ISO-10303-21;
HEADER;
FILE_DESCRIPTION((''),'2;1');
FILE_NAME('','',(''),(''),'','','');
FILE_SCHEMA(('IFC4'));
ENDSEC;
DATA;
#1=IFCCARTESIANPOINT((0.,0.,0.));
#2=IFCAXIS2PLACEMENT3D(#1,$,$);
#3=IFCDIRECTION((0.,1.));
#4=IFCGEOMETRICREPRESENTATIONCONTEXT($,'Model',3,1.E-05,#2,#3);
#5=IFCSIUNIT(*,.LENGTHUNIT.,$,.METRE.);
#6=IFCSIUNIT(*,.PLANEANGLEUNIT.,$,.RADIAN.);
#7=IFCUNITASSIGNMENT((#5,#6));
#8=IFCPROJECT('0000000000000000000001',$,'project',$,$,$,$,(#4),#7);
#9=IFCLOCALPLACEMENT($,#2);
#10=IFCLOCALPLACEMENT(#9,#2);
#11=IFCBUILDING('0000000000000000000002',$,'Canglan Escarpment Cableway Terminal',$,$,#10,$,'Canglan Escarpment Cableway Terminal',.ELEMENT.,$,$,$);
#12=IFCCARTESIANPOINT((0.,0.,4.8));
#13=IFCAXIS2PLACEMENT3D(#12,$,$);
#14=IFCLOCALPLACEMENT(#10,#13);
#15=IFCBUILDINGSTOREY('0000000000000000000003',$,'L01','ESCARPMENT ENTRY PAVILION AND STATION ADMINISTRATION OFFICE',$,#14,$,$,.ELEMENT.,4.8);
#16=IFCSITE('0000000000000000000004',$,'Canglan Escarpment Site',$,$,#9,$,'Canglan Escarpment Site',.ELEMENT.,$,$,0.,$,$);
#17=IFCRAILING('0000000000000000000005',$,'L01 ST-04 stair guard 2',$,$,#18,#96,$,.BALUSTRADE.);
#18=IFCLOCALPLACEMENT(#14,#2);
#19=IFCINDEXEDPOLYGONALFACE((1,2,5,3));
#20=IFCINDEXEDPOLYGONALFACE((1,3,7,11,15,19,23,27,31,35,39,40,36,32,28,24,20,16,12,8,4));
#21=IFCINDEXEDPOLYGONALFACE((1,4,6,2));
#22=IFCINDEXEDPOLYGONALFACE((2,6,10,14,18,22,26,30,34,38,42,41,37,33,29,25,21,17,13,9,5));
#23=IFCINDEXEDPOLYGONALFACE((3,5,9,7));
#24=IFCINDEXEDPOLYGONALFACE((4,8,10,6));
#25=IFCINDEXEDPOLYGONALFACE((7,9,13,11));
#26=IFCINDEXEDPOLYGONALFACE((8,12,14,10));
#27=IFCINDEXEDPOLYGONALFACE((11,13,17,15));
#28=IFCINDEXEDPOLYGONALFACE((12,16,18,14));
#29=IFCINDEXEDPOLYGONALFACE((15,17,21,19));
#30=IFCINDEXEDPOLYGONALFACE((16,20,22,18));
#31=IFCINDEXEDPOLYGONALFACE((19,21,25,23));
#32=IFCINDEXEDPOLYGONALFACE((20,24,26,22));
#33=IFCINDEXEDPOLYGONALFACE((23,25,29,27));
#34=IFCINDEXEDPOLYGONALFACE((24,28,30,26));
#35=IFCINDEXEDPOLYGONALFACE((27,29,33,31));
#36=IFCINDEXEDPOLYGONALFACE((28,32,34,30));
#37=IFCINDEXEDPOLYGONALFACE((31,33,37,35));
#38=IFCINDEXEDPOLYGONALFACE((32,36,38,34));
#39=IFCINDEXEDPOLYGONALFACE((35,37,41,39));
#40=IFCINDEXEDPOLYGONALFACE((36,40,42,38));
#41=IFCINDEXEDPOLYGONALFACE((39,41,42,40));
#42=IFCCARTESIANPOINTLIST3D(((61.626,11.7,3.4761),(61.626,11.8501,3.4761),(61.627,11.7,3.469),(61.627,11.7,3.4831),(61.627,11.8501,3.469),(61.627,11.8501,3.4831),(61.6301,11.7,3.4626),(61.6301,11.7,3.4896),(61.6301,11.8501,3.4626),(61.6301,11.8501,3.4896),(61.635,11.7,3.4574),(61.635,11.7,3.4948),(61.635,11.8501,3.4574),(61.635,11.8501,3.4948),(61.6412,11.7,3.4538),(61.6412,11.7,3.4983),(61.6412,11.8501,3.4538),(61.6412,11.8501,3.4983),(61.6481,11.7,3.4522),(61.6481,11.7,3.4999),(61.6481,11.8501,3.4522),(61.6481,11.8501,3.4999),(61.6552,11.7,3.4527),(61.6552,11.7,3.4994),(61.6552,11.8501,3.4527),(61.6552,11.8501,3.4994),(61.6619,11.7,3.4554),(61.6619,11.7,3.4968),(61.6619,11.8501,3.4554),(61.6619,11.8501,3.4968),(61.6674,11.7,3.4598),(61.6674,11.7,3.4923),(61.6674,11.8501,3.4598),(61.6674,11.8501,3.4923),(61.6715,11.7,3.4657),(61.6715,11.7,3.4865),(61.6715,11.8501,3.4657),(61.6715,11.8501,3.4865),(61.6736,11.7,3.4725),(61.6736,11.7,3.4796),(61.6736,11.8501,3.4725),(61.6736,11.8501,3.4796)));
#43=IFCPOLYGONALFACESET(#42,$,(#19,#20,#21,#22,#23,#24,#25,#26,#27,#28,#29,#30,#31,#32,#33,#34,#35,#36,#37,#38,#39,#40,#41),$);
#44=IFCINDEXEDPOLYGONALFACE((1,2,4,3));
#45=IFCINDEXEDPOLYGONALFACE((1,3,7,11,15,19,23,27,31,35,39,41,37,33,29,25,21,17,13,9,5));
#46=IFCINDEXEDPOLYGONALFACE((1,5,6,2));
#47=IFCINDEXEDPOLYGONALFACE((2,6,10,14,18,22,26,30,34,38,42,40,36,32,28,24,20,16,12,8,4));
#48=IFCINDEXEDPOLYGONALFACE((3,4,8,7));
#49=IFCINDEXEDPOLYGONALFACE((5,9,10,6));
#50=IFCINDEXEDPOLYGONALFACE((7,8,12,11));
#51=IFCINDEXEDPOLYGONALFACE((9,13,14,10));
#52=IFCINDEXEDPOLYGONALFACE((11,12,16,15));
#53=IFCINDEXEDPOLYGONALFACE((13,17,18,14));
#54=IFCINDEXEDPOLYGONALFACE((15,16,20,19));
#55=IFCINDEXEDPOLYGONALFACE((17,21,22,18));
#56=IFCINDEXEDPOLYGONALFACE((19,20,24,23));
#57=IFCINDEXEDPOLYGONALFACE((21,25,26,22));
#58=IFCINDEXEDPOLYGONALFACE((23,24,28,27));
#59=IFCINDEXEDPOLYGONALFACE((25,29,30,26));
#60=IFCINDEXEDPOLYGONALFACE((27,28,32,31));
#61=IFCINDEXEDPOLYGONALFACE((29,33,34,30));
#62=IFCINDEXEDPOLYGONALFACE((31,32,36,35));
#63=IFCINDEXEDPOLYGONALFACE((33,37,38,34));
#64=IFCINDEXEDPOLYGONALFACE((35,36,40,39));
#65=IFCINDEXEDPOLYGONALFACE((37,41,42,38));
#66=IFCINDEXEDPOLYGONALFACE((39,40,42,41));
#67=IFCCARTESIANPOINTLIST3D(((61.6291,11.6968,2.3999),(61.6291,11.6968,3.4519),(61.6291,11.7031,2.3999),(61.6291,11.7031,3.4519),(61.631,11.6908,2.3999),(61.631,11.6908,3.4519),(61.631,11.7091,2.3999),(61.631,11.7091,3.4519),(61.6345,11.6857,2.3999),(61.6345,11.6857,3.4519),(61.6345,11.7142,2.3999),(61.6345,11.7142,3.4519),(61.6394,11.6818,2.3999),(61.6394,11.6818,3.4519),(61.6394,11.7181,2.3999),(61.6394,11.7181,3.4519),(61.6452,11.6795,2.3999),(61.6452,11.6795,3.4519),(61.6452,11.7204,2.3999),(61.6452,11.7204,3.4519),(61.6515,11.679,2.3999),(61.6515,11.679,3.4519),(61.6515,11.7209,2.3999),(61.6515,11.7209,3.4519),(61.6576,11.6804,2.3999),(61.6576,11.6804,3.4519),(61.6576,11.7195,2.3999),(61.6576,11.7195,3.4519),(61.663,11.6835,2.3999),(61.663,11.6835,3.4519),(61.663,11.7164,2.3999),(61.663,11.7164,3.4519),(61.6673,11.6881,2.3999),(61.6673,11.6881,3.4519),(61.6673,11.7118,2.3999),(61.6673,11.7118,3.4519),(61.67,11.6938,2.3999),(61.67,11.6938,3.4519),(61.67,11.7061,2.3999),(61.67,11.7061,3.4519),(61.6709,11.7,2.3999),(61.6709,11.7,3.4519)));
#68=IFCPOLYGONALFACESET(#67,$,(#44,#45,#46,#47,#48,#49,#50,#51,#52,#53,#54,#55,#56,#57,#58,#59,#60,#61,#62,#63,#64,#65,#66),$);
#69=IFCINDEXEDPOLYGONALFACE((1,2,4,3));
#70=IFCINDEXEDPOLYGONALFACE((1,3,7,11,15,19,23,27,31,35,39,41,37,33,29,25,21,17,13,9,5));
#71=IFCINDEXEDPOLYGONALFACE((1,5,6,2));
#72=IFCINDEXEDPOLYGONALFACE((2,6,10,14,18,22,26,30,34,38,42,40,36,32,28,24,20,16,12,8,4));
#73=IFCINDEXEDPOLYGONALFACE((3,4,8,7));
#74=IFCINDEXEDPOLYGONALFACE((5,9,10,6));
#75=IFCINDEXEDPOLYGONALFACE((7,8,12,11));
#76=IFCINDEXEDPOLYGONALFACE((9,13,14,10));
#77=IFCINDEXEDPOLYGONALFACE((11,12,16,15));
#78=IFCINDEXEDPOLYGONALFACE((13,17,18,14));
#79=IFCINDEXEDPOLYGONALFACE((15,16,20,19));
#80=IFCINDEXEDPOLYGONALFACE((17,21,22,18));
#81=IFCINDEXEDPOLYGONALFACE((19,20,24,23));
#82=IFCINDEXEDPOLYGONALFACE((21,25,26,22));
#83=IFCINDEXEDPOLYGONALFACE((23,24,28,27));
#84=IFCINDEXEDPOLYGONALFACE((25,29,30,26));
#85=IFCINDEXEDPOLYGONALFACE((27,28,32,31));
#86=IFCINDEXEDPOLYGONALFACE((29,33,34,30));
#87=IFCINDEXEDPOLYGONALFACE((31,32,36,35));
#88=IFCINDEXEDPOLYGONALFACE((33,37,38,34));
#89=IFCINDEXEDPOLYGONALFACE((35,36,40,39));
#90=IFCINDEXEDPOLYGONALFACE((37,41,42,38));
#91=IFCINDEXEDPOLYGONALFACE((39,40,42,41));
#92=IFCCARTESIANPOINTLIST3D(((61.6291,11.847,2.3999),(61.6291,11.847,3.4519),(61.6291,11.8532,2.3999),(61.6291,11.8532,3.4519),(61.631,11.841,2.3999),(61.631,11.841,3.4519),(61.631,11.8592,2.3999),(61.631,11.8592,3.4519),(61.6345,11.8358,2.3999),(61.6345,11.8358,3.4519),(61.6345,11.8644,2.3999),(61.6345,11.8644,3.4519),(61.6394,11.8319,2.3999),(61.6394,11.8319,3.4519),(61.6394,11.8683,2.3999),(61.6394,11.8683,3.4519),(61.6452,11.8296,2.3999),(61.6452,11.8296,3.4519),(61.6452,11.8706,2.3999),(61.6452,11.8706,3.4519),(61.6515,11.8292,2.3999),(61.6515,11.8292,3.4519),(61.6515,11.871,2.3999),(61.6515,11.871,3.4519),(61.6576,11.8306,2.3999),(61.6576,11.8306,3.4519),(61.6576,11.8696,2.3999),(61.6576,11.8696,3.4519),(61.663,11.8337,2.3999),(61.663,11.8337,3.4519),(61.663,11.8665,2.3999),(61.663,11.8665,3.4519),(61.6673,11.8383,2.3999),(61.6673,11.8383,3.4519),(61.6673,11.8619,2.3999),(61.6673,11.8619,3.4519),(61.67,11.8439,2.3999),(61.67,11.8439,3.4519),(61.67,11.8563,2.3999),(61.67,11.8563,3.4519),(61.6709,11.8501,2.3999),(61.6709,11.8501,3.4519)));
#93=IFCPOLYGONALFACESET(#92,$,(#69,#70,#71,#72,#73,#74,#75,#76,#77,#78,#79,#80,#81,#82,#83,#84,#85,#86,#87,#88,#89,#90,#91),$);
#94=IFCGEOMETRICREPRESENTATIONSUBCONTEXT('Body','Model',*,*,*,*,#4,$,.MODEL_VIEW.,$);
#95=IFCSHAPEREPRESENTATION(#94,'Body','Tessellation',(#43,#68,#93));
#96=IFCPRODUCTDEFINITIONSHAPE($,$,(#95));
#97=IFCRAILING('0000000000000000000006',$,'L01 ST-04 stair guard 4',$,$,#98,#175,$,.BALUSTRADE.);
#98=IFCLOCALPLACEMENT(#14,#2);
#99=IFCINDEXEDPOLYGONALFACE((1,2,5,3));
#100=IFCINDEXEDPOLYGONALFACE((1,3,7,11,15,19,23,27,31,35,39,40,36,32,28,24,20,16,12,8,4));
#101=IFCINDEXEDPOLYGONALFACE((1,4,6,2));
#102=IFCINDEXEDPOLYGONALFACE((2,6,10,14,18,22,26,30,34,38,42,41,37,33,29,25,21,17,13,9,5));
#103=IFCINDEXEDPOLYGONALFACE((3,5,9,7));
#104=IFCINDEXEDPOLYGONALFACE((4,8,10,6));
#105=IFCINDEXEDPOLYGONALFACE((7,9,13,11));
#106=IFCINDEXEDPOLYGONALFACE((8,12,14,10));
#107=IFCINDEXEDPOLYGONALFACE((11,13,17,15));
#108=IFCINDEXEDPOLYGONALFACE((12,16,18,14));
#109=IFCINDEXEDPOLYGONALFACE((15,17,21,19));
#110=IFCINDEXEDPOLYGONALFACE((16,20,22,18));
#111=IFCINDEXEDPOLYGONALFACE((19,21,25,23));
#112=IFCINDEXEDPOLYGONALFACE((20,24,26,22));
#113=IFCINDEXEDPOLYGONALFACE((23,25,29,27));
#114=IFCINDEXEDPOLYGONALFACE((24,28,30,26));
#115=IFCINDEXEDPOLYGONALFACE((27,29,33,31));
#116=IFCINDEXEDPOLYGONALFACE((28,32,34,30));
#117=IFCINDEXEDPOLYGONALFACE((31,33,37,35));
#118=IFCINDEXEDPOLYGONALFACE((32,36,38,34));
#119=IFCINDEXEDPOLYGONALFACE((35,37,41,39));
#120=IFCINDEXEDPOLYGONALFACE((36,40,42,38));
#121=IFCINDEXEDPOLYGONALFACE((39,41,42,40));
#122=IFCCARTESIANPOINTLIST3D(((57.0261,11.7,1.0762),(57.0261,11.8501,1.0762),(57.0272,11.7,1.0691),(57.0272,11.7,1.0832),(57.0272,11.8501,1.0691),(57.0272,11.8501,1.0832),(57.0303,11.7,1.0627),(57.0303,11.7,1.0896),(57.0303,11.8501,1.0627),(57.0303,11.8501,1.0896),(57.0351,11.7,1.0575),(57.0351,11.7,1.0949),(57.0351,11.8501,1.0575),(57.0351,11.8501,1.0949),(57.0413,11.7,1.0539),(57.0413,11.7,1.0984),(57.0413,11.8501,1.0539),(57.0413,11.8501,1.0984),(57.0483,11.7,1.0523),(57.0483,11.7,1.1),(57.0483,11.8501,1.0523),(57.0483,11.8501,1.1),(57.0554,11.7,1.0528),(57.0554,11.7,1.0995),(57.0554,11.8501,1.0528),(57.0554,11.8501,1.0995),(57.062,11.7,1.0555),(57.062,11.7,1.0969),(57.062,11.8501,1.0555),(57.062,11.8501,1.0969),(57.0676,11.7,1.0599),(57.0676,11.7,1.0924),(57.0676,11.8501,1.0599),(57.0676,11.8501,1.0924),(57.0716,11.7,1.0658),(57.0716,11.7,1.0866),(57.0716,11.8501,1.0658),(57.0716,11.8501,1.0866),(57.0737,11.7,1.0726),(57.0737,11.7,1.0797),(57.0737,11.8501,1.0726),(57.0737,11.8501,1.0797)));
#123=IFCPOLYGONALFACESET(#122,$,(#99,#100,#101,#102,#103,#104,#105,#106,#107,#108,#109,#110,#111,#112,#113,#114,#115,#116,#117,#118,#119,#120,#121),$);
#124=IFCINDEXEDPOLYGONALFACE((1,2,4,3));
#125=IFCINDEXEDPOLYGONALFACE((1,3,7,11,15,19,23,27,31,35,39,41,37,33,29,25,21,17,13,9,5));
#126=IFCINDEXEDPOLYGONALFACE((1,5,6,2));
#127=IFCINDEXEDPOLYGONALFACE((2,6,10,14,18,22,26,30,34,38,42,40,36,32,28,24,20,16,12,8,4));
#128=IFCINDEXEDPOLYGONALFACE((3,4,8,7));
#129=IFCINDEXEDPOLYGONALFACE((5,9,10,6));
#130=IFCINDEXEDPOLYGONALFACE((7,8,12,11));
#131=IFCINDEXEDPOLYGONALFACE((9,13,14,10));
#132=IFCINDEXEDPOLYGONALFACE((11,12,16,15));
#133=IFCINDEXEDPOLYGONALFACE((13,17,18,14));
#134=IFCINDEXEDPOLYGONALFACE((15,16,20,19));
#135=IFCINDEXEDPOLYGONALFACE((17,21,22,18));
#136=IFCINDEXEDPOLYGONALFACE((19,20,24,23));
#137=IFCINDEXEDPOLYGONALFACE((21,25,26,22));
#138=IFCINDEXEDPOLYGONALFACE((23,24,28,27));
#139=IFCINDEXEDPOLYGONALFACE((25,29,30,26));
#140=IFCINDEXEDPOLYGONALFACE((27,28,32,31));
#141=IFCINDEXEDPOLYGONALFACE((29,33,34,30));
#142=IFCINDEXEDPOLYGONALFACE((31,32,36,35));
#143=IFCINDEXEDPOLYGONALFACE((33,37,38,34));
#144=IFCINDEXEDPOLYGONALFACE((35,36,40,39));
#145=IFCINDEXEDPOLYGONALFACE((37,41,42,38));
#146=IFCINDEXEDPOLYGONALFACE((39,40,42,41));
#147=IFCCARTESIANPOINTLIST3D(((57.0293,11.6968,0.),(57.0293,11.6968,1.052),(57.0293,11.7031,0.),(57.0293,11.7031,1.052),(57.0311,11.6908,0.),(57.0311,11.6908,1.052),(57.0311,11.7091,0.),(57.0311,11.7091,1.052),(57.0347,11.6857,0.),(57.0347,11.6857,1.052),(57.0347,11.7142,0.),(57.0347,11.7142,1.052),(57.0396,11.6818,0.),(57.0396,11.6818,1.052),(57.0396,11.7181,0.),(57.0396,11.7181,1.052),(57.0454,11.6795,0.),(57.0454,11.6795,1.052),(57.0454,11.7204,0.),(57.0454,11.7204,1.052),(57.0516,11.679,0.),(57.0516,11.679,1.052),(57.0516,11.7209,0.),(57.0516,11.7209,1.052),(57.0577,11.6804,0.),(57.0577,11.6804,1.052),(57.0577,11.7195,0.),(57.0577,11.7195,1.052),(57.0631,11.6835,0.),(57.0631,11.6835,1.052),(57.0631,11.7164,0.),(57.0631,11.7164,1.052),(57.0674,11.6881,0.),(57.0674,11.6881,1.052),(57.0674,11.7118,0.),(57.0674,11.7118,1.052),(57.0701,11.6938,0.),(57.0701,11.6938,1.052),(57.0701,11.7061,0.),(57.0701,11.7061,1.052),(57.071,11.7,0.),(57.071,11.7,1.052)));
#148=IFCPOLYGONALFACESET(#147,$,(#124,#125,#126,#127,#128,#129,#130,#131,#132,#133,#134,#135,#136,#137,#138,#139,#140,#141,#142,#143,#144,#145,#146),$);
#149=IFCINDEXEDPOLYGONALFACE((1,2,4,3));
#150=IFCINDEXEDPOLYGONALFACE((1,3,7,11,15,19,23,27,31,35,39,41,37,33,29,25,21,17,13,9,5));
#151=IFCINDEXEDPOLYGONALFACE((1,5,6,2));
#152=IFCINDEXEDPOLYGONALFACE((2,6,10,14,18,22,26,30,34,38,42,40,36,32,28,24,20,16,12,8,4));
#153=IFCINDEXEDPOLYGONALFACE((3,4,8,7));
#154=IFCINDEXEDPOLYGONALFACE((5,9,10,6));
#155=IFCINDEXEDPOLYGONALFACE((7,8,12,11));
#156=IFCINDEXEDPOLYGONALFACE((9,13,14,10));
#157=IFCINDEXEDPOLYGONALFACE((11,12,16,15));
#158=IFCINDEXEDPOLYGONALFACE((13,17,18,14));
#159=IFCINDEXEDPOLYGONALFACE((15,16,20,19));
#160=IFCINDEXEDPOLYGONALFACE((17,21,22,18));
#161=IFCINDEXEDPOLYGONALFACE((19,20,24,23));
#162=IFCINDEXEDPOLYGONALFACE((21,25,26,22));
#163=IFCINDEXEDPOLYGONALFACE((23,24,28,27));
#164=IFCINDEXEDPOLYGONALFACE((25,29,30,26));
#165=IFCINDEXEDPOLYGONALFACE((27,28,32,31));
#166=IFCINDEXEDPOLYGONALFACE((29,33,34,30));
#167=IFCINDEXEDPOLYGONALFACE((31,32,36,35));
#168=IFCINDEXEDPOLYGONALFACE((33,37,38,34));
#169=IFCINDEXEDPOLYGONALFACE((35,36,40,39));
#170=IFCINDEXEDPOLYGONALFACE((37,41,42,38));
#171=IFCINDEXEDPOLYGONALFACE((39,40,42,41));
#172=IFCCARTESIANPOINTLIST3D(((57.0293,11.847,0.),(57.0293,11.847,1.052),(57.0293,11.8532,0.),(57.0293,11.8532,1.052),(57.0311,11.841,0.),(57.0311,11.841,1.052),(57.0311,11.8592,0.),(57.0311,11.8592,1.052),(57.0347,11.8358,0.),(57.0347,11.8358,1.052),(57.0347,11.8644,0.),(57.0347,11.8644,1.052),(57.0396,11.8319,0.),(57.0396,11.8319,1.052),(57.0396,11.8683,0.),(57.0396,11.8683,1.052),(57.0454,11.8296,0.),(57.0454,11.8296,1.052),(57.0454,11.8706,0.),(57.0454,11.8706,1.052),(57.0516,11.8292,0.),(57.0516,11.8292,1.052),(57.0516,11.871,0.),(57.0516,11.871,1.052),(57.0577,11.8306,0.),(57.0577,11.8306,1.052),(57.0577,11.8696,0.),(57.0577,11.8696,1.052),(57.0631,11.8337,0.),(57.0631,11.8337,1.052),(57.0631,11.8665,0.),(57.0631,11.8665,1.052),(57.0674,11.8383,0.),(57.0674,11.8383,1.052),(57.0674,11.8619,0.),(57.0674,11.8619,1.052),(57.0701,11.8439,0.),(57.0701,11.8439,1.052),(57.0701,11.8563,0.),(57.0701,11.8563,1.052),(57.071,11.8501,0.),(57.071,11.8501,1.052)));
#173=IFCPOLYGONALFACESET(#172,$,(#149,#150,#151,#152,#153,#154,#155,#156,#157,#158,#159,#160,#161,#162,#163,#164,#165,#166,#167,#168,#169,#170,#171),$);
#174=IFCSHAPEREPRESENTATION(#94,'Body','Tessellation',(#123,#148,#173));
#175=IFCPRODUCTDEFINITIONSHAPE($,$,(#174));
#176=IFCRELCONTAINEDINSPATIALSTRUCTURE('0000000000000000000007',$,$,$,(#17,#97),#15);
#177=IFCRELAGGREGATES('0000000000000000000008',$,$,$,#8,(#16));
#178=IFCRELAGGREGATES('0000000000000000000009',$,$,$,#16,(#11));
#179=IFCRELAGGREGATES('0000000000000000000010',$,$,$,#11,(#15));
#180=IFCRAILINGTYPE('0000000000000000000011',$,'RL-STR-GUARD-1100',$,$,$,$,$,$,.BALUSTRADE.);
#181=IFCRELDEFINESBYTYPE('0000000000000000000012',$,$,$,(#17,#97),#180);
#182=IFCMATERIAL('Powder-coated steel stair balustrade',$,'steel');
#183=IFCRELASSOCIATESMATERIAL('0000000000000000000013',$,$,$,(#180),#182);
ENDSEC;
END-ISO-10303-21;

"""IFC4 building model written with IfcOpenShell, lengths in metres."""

from ifc_helpers import new_model, si_unit, direction, frame, origin, origin_2d, place, context, subcontext, project, spatial, circle, extrude, material, type_object, element, save


model = new_model("IFC4")

# Units and contexts
model_context = context("Model", 3, precision=1e-05, world=origin(), true_north=direction((0.0, 1.0)))
body_context = subcontext(model_context, "Body", "Model", "MODEL_VIEW")
ifc_project = project(units=[si_unit("LENGTHUNIT", "METRE"), si_unit("PLANEANGLEUNIT", "RADIAN")], contexts=[model_context])

# Site, building, storey
site_placement = place(None, origin())
site = spatial("IfcSite", under=ifc_project, at=site_placement, Name="Canglan Escarpment Site", LongName="Canglan Escarpment Site", CompositionType="ELEMENT", RefElevation=0.0)
building_placement = place(site_placement, origin())
building = spatial("IfcBuilding", under=site, at=building_placement, Name="Canglan Escarpment Cableway Terminal", LongName="Canglan Escarpment Cableway Terminal", CompositionType="ELEMENT")
storey_placement = place(building_placement, frame((0.0, 0.0, 4.8)))
storey = spatial("IfcBuildingStorey", under=building, at=storey_placement, Name="L01", Description="ESCARPMENT ENTRY PAVILION AND STATION ADMINISTRATION OFFICE", CompositionType="ELEMENT", Elevation=4.8)

# Railings
ifc_material_1 = material(Name="Powder-coated steel stair balustrade", Category="steel")
railing_type_1 = type_object("IfcRailingType", Name="RL-STR-GUARD-1100", PredefinedType="BALUSTRADE", material=ifc_material_1)
for number, where, name in (
    (1, (61.6499, 11.7, 2.3999), "L01 ST-04 stair guard 2"),
    (2, (57.05, 11.7, 0.0), "L01 ST-04 stair guard 4"),
):
    element("IfcRailing", number, at=place(storey_placement, frame(where)), inside=storey, type_object=railing_type_1, Name=name, PredefinedType="BALUSTRADE", context=body_context, shape_type="SweptSolid", body=[
        extrude(circle(Radius=0.0239, at=origin_2d()), frame((0.0, 0.0, 1.0762), z_axis=(0.0, 1.0, 0.0), x_axis=(-1.0, 0.0, 0.0)), (0.0, 0.0, 1.0), 0.1501),
        extrude(circle(Radius=0.021, at=origin_2d()), origin(), (0.0, 0.0, 1.0), 1.052),
        extrude(circle(Radius=0.021, at=origin_2d()), frame((0.0, 0.1501, 0.0)), (0.0, 0.0, 1.0), 1.052),
    ])

save(model, "model.ifc")
